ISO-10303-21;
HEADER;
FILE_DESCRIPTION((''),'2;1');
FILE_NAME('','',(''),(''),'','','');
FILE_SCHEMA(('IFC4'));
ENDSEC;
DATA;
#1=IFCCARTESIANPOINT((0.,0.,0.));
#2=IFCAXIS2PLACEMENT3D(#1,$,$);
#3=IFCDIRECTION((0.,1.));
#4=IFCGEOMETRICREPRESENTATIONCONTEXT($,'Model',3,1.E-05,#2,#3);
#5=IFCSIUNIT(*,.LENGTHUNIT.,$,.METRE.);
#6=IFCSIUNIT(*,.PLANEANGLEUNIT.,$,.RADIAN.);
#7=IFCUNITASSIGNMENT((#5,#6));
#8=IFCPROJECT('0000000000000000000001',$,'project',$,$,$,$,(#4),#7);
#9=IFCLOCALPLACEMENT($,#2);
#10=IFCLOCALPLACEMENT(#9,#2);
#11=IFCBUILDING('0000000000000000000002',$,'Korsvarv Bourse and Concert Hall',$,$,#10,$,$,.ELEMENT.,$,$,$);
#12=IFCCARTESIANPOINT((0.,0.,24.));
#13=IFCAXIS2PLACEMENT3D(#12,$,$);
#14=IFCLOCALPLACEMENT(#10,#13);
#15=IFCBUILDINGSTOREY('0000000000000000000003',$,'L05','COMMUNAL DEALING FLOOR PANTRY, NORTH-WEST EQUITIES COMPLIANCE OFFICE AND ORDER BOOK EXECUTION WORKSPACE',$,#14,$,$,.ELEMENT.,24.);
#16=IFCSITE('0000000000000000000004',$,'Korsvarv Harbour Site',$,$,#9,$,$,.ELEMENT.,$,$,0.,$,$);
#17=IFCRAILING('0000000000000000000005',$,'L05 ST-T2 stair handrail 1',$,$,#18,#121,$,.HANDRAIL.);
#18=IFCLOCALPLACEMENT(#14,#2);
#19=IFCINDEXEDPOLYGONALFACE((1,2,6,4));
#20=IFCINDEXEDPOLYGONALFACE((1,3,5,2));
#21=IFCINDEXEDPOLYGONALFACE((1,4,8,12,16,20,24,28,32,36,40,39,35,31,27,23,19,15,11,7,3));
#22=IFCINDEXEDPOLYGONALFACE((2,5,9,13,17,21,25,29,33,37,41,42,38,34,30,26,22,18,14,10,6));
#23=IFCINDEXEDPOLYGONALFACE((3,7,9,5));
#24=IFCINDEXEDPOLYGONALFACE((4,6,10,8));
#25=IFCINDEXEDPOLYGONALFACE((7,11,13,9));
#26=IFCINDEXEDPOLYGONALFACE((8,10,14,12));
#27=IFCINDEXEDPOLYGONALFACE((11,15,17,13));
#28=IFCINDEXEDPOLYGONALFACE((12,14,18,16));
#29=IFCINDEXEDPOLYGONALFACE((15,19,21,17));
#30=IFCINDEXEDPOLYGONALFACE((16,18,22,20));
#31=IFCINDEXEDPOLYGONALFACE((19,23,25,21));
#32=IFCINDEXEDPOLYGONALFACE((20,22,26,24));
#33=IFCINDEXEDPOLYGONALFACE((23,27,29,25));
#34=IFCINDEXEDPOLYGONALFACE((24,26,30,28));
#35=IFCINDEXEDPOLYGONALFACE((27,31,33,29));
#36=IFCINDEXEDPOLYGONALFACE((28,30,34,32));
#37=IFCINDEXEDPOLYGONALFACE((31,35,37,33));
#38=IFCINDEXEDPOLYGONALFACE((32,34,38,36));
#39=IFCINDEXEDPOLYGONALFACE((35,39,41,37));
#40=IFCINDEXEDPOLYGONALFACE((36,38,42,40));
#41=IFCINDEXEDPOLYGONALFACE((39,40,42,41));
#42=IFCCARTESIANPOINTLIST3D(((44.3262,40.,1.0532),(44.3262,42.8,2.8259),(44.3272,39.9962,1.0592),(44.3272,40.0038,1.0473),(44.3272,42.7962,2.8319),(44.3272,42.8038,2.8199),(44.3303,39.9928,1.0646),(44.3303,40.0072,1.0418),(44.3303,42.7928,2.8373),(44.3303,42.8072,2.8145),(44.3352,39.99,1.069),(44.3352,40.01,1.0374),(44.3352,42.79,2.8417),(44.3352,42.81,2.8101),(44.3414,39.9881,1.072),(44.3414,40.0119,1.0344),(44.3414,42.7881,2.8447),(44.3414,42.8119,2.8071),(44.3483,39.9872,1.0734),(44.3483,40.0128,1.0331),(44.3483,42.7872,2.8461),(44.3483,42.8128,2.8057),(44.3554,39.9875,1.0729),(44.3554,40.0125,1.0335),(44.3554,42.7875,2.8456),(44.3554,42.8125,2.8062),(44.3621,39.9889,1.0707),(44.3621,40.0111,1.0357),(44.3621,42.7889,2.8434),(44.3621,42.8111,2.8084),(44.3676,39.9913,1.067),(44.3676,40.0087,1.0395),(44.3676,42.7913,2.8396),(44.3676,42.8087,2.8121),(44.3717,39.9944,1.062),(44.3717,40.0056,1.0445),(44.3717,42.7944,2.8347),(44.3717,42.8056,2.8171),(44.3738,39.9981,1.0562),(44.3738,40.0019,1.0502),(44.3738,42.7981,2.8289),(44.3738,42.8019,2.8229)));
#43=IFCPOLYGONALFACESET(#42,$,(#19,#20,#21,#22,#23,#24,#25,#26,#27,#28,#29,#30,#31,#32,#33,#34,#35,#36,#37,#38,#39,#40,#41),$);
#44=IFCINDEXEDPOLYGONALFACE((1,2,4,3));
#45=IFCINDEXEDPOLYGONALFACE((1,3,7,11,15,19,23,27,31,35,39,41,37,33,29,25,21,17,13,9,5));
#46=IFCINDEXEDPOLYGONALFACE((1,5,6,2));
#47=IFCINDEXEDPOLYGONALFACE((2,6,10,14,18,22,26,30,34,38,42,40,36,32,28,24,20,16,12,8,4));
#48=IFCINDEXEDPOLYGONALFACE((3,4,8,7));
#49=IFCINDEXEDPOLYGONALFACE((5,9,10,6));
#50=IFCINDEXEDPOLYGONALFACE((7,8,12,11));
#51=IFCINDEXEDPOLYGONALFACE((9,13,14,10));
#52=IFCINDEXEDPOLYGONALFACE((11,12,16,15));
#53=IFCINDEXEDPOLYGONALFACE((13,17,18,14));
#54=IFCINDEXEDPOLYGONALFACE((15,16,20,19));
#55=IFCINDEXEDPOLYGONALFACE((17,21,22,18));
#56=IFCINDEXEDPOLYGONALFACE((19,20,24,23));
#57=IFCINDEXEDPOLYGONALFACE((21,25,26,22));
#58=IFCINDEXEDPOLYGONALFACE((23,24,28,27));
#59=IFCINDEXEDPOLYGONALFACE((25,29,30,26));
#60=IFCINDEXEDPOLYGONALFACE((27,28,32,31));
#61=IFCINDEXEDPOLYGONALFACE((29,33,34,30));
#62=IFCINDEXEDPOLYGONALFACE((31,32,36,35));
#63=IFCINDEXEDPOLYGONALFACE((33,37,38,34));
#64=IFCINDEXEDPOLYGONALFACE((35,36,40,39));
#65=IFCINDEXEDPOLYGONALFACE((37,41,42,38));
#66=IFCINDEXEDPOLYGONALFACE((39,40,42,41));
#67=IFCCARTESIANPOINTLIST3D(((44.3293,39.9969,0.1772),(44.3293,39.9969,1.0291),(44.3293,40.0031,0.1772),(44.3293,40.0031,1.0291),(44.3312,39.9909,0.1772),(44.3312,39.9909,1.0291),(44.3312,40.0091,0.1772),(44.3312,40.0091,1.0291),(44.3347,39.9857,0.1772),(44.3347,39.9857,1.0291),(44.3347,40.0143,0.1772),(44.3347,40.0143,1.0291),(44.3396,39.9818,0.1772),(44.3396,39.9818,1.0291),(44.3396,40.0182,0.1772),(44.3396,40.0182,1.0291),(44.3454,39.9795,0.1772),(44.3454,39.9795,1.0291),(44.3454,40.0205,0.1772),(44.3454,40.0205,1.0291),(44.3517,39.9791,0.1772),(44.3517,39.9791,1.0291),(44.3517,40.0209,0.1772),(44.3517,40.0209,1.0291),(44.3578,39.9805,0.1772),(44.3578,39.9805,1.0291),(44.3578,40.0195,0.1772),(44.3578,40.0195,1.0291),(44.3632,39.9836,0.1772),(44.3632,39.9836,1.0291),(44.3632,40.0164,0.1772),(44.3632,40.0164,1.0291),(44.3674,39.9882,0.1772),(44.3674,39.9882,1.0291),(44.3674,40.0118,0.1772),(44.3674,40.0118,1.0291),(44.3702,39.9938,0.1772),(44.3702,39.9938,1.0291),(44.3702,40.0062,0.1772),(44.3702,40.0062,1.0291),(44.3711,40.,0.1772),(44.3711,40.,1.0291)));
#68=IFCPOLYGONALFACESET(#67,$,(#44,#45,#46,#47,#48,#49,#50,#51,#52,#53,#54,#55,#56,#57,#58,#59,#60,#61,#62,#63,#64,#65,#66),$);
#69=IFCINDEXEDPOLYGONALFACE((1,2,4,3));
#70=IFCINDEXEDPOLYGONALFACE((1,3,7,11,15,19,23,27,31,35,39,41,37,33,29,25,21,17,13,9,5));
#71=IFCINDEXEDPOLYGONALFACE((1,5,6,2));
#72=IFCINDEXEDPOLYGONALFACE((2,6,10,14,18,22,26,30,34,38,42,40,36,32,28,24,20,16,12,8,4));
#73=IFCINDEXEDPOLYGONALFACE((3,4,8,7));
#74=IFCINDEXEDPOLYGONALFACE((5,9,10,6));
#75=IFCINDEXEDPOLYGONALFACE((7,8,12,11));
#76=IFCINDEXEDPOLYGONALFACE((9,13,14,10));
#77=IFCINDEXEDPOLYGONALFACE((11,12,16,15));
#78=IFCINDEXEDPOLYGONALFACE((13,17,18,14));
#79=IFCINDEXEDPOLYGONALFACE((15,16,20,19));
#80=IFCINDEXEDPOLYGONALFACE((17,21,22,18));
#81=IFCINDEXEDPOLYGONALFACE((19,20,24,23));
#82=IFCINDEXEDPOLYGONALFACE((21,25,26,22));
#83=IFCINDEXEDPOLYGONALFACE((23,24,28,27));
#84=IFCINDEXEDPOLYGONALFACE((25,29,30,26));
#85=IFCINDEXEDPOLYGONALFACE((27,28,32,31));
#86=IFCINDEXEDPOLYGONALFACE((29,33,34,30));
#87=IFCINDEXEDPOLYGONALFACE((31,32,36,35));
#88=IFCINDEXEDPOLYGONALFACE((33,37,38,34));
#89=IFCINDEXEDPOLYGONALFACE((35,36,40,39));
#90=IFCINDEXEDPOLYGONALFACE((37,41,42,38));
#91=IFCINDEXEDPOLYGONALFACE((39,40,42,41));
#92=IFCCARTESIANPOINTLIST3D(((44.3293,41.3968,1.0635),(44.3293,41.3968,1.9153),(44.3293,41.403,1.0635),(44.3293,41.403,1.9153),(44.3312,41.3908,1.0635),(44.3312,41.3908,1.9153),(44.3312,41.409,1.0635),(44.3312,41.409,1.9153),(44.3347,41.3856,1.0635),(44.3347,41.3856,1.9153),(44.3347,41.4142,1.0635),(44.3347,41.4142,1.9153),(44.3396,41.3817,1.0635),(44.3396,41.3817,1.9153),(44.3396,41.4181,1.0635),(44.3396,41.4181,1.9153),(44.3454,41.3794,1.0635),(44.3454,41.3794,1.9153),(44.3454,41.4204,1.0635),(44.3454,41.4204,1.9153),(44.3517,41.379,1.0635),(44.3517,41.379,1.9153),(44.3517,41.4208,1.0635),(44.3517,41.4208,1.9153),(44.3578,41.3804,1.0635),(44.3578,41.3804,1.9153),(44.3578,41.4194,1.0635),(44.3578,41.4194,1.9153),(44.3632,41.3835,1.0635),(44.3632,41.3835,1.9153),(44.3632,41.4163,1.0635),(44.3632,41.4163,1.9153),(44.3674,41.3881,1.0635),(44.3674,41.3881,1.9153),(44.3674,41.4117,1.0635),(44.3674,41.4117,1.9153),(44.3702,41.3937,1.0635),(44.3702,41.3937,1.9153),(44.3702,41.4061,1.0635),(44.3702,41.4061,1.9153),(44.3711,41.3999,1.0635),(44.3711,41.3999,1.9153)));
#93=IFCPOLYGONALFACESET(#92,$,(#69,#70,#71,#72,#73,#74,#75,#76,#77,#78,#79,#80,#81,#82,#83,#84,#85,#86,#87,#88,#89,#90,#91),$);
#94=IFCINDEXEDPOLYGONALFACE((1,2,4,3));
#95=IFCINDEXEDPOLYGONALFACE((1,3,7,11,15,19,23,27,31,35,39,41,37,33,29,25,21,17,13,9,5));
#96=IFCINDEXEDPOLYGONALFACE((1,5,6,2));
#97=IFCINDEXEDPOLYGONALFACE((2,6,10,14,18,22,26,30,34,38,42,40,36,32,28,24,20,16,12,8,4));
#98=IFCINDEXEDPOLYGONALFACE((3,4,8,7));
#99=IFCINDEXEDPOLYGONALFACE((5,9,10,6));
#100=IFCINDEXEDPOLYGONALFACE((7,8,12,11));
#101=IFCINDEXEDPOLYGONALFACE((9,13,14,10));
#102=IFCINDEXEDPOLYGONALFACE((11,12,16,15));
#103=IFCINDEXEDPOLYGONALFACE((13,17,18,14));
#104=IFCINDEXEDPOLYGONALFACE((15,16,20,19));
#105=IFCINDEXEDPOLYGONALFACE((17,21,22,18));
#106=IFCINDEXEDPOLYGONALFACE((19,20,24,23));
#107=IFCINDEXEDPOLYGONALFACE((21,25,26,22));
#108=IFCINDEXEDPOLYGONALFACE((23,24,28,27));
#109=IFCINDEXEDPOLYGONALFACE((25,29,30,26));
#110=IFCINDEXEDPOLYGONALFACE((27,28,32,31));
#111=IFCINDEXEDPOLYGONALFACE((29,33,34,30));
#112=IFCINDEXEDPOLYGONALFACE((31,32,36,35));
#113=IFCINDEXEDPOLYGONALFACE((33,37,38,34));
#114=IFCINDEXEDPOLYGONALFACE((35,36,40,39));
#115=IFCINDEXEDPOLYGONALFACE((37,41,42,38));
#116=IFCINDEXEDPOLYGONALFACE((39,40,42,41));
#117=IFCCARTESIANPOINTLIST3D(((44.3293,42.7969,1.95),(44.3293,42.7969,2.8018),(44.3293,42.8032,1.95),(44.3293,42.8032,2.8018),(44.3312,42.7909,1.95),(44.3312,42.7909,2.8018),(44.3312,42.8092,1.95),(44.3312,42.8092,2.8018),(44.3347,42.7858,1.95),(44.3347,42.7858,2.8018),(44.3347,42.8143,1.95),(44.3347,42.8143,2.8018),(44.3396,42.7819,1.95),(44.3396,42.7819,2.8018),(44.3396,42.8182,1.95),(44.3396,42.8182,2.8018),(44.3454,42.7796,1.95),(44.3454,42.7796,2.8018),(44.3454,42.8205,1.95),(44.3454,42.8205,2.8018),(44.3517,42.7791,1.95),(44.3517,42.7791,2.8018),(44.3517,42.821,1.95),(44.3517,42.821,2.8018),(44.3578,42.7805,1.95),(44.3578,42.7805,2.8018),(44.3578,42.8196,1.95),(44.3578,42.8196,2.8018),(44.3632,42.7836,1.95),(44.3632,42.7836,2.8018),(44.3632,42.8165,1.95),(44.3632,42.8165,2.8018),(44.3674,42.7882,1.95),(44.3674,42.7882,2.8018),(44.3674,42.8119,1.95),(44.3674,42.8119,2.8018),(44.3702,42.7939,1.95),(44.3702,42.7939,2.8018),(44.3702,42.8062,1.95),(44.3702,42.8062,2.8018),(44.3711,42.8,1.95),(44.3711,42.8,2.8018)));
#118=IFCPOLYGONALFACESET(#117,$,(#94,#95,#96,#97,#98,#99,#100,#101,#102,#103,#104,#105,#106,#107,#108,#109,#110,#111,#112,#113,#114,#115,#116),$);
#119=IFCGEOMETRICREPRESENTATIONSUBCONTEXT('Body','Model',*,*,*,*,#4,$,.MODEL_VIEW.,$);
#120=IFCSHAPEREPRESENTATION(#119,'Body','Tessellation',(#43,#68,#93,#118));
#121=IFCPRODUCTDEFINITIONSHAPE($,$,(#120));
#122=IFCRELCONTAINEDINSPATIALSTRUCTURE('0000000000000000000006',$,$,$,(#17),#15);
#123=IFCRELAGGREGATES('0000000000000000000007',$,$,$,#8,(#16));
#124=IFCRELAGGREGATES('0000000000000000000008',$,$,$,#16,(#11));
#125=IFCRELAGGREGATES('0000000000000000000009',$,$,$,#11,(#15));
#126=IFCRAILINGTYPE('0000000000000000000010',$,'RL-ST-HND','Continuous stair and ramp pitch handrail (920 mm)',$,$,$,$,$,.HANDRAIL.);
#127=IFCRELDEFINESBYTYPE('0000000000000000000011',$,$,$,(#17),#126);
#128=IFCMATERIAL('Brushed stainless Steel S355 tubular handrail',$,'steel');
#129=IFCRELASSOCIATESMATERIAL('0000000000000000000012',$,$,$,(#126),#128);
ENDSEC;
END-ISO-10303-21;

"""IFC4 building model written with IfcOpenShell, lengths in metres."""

from ifc_helpers import new_model, si_unit, direction, frame, origin, origin_2d, place, context, subcontext, project, spatial, circle, extrude, material, type_object, element, save


model = new_model("IFC4")

# Units and contexts
model_context = context("Model", 3, precision=1e-05, world=origin(), true_north=direction((0.0, 1.0)))
body_context = subcontext(model_context, "Body", "Model", "MODEL_VIEW")
ifc_project = project(units=[si_unit("LENGTHUNIT", "METRE"), si_unit("PLANEANGLEUNIT", "RADIAN")], contexts=[model_context])

# Site, building, storey
site_placement = place(None, origin())
site = spatial("IfcSite", under=ifc_project, at=site_placement, Name="Korsvarv Harbour Site", CompositionType="ELEMENT", RefElevation=0.0)
building_placement = place(site_placement, origin())
building = spatial("IfcBuilding", under=site, at=building_placement, Name="Korsvarv Bourse and Concert Hall", CompositionType="ELEMENT")
storey_placement = place(building_placement, frame((0.0, 0.0, 24.0)))
storey = spatial("IfcBuildingStorey", under=building, at=storey_placement, Name="L05", Description="COMMUNAL DEALING FLOOR PANTRY, NORTH-WEST EQUITIES COMPLIANCE OFFICE AND ORDER BOOK EXECUTION WORKSPACE", CompositionType="ELEMENT", Elevation=24.0)

# Railing
ifc_material_1 = material(Name="Brushed stainless Steel S355 tubular handrail", Category="steel")
railing_type_1 = type_object("IfcRailingType", Name="RL-ST-HND", Description="Continuous stair and ramp pitch handrail (920 mm)", PredefinedType="HANDRAIL", material=ifc_material_1)
railing_1_placement = place(storey_placement, frame((44.3501, 40.0, 0.1772)))
element("IfcRailing", 1, at=railing_1_placement, inside=storey, type_object=railing_type_1, Name="L05 ST-T2 stair handrail 1", PredefinedType="HANDRAIL", context=body_context, shape_type="SweptSolid", body=[
    extrude(circle(Radius=0.0239, at=origin_2d()), frame((0.0, 0.0, 0.876), z_axis=(0.0, 0.844909, 0.53491), x_axis=(-1.0, 0.0, 0.0)), (0.0, 0.0, 1.0), 3.314),
    extrude(circle(Radius=0.021, at=origin_2d()), origin(), (0.0, 0.0, 1.0), 0.8518),
    extrude(circle(Radius=0.021, at=origin_2d()), frame((0.0, 1.3999, 0.8862)), (0.0, 0.0, 1.0), 0.8518),
    extrude(circle(Radius=0.021, at=origin_2d()), frame((0.0, 2.8, 1.7727)), (0.0, 0.0, 1.0), 0.8518),
])

save(model, "model.ifc")
